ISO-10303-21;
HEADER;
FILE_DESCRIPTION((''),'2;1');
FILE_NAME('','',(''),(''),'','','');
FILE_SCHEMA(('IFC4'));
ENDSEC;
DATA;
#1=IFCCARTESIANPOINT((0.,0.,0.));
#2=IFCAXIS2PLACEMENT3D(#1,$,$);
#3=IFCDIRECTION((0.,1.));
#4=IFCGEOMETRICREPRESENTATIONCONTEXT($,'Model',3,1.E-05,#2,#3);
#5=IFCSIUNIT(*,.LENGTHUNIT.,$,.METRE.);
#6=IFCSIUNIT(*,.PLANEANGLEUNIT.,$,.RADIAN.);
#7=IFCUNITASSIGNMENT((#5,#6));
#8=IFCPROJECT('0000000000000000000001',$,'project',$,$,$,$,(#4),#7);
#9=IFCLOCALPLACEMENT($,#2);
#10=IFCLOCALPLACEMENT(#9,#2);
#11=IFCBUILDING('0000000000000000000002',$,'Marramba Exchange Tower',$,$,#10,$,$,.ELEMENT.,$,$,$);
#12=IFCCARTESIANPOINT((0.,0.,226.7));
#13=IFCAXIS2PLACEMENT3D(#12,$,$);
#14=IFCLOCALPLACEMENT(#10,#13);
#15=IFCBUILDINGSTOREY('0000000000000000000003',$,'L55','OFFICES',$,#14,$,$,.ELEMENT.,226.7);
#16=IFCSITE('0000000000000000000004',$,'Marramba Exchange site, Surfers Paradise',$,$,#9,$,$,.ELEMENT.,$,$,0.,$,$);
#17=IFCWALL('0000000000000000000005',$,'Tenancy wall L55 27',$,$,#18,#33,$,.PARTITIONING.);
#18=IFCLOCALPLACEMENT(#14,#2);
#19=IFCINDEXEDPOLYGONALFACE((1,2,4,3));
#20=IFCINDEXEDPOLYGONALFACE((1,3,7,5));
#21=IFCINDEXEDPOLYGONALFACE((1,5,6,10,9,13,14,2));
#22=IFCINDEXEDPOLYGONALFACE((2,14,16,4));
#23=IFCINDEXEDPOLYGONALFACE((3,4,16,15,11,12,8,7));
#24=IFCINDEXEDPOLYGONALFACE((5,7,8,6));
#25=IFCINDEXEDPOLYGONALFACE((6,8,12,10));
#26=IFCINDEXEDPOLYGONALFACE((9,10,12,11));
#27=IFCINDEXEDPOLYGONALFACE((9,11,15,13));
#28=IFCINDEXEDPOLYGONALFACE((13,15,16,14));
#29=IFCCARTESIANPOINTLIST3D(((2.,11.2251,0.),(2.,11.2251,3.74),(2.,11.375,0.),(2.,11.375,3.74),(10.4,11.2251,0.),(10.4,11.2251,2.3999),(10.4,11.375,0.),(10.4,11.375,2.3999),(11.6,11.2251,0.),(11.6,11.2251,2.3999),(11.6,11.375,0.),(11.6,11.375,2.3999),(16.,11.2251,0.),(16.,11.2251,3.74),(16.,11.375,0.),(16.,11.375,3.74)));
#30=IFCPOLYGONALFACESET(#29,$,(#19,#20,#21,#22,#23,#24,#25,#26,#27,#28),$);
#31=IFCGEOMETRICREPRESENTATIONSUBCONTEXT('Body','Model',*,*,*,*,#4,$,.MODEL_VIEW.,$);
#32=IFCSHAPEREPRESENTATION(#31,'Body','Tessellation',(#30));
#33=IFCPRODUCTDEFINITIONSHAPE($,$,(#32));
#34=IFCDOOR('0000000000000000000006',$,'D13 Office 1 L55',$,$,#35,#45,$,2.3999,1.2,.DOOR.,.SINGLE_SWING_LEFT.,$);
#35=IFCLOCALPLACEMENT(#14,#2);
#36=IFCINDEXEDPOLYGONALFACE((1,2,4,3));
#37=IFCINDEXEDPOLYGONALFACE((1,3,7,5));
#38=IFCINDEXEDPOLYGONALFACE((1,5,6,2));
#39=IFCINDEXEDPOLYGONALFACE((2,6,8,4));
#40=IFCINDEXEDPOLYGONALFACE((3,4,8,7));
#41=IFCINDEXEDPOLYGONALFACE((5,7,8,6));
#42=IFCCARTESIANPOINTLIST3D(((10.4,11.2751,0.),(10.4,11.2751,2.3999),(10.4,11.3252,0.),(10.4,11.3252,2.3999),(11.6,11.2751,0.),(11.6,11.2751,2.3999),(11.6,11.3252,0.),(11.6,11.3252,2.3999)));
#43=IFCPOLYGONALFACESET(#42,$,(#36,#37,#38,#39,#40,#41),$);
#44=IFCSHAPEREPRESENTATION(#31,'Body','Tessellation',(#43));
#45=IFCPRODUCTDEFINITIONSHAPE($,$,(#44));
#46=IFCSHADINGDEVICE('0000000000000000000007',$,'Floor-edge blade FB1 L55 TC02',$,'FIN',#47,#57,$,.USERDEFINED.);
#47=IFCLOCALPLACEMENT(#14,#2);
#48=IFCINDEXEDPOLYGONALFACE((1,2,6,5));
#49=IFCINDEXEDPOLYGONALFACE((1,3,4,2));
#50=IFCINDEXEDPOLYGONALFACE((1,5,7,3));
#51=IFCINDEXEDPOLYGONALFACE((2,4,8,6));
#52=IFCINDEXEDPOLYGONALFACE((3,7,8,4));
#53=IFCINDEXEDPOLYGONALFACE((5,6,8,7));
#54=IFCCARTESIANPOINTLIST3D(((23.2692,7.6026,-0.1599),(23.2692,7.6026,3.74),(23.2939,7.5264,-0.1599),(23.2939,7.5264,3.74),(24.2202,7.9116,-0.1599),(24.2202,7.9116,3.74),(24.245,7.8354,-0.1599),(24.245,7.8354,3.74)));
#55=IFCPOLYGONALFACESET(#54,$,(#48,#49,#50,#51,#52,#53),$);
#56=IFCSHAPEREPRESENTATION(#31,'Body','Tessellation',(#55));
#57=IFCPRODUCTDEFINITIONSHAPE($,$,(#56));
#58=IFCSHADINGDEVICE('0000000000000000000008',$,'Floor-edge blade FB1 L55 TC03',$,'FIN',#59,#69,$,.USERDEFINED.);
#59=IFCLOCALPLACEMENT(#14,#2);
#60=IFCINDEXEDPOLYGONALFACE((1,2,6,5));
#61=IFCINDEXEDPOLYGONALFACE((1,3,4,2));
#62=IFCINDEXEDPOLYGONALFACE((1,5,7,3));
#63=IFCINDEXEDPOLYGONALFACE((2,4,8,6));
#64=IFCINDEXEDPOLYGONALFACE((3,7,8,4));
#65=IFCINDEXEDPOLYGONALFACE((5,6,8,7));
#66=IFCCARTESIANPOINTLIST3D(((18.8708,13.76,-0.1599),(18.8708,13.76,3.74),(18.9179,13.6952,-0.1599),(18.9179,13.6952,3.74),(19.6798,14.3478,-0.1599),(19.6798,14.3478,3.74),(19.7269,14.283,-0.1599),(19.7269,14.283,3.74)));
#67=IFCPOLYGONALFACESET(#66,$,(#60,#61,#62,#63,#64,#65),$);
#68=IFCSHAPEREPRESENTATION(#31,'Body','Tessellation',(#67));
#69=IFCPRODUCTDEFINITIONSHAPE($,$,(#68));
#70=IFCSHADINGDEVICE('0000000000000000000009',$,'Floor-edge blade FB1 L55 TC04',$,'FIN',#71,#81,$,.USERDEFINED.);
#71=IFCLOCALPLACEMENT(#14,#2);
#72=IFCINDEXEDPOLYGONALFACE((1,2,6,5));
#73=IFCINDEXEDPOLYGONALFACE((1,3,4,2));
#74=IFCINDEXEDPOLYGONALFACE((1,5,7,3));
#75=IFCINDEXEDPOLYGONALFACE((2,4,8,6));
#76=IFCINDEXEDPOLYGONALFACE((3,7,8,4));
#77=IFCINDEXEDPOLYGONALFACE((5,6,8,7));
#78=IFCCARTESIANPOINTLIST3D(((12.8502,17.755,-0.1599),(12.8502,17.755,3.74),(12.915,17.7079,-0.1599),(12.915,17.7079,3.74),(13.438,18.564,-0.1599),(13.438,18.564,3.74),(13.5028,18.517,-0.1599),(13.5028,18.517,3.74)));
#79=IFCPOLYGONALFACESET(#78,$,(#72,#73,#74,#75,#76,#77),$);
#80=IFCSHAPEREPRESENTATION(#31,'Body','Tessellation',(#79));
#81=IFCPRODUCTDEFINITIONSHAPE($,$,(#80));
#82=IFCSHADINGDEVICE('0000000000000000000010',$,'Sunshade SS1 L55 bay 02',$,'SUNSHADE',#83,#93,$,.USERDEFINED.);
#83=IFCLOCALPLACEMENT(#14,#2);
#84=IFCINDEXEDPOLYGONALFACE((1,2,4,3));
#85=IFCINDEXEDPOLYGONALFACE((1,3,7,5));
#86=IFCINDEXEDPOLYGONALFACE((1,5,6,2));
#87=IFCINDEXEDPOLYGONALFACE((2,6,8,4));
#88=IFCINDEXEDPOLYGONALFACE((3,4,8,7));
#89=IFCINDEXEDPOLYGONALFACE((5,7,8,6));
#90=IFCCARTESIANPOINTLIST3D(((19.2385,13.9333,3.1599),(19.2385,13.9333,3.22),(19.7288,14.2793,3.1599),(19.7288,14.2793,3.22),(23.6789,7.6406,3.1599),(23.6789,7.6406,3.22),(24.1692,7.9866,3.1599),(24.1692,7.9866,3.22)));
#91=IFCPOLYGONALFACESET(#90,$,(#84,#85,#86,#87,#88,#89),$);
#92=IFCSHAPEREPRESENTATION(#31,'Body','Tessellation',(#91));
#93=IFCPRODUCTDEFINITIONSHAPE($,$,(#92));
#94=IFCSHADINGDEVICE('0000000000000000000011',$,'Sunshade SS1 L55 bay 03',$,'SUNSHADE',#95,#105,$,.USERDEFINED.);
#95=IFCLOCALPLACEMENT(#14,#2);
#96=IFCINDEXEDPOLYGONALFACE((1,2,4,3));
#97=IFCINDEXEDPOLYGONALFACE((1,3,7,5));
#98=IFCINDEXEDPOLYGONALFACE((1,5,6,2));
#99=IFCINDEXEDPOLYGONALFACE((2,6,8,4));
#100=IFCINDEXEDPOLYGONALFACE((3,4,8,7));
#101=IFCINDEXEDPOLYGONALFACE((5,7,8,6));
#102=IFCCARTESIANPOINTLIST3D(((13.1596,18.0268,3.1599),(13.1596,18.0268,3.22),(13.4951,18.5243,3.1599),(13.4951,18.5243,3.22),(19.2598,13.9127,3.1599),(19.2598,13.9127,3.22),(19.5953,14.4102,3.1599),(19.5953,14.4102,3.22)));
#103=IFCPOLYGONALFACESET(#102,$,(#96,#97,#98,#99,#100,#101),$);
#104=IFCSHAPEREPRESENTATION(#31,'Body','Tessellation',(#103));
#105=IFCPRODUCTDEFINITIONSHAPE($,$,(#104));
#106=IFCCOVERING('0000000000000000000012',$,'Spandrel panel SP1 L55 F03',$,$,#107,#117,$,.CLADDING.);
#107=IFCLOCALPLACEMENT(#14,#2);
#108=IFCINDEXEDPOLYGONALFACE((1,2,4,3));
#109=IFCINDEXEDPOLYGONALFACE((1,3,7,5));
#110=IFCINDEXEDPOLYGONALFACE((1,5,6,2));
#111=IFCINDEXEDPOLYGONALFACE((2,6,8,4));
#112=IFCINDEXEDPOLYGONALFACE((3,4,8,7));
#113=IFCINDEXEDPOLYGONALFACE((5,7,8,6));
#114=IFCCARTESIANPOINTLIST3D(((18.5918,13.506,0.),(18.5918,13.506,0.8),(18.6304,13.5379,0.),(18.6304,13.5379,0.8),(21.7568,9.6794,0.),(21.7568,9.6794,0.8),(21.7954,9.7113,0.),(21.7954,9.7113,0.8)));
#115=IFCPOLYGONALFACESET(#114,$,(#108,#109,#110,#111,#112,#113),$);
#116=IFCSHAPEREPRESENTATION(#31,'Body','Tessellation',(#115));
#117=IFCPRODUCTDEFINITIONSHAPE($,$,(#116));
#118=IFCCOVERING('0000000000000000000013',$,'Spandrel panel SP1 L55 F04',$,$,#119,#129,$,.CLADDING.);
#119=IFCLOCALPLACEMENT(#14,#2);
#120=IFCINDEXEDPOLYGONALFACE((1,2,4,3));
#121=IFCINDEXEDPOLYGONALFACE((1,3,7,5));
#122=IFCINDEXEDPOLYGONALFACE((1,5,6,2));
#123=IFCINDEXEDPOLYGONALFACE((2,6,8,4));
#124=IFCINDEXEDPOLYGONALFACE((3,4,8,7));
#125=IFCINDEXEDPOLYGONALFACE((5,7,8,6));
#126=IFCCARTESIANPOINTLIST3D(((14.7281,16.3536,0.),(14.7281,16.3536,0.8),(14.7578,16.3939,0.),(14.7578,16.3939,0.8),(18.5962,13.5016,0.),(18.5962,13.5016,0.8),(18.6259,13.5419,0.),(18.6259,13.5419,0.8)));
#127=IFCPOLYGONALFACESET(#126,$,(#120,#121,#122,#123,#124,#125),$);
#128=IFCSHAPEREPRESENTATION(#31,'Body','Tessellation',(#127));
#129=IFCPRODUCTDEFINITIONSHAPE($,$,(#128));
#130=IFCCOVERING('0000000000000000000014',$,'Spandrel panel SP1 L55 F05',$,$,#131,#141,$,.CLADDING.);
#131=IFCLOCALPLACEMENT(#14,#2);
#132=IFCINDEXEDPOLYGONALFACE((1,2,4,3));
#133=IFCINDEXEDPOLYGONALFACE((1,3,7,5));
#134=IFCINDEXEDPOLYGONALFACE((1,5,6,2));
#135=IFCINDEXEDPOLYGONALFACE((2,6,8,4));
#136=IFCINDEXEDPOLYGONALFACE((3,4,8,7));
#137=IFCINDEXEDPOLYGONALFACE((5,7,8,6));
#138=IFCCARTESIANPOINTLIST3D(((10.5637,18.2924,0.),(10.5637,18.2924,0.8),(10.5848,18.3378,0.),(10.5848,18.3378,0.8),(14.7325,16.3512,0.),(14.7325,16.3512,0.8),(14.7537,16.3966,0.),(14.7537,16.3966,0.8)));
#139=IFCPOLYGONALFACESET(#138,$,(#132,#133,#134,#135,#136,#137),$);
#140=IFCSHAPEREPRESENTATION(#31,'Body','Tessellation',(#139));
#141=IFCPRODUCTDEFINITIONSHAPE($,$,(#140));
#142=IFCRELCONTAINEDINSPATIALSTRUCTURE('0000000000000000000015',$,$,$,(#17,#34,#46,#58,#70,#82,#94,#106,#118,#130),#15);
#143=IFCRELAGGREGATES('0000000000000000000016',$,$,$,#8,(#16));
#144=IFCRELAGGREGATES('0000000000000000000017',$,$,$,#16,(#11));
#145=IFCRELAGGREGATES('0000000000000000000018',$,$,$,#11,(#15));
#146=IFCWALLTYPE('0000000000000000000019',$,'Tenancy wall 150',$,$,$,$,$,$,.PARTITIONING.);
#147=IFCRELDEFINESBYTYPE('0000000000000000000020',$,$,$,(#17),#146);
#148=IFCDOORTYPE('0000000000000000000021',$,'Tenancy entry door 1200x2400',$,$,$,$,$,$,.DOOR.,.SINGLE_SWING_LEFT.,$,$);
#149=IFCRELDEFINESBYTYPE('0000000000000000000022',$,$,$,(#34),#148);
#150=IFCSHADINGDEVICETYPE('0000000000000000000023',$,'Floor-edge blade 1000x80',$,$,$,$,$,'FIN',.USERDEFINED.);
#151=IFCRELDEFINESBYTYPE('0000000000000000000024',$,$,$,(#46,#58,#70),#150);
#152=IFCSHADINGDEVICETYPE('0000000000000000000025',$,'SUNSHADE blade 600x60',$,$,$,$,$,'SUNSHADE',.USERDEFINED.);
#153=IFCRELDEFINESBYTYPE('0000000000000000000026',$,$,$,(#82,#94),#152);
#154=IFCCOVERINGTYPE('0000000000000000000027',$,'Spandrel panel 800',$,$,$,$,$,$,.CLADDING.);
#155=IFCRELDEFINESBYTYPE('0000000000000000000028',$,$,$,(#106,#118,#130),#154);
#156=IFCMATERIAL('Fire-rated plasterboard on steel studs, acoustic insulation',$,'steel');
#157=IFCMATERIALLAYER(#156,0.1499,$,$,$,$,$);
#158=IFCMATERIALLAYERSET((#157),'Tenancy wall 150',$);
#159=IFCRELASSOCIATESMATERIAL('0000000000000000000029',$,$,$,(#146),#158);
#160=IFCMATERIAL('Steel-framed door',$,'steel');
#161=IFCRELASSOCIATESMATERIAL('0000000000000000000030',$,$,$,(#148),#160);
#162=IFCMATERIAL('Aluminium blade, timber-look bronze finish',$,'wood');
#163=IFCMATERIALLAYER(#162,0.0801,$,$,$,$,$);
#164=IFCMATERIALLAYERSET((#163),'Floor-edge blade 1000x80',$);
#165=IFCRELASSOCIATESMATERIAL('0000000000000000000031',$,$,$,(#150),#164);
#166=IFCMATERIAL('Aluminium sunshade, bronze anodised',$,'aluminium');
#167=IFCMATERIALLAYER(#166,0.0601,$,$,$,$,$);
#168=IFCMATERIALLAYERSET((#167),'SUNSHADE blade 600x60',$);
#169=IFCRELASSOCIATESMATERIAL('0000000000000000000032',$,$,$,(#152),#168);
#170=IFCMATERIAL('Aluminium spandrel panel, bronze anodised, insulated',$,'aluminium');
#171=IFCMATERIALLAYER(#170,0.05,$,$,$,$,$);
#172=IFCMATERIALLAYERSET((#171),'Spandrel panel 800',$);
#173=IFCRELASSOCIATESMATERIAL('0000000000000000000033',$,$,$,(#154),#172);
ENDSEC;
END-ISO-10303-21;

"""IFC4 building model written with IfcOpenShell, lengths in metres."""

from ifc_helpers import new_model, si_unit, direction, frame, frame_2d, origin, origin_2d, place, context, subcontext, project, spatial, rectangle, extrude, material, layer, layer_set, type_object, element, fill, save


model = new_model("IFC4")

# Units and contexts
model_context = context("Model", 3, precision=1e-05, world=origin(), true_north=direction((0.0, 1.0)))
body_context = subcontext(model_context, "Body", "Model", "MODEL_VIEW")
ifc_project = project(units=[si_unit("LENGTHUNIT", "METRE"), si_unit("PLANEANGLEUNIT", "RADIAN")], contexts=[model_context])

# Site, building, storey
site_placement = place(None, origin())
site = spatial("IfcSite", under=ifc_project, at=site_placement, Name="Marramba Exchange site, Surfers Paradise", CompositionType="ELEMENT", RefElevation=0.0)
building_placement = place(site_placement, origin())
building = spatial("IfcBuilding", under=site, at=building_placement, Name="Marramba Exchange Tower", CompositionType="ELEMENT")
storey_placement = place(building_placement, frame((0.0, 0.0, 226.7)))
storey = spatial("IfcBuildingStorey", under=building, at=storey_placement, Name="L55", Description="OFFICES", CompositionType="ELEMENT", Elevation=226.7)

# Shared definitions
ifc_material_1 = material(Name="Steel-framed door", Category="steel")

# Wall, opening, door
ifc_material_2 = material(Name="Fire-rated plasterboard on steel studs, acoustic insulation", Category="steel")
ifc_layer_1 = layer(ifc_material_2, 0.1499)
ifc_layer_set_1 = layer_set([ifc_layer_1], Name="Tenancy wall 150")
wall_type_1 = type_object("IfcWallType", Name="Tenancy wall 150", PredefinedType="PARTITIONING", material=ifc_layer_set_1)
wall_1_placement = place(storey_placement, frame((16.0, 11.3, 0.0), z_axis=(0.0, 0.0, 1.0), x_axis=(-1.0, 0.0, 0.0)))
wall_1 = element("IfcWall", 1, at=wall_1_placement, inside=storey, type_object=wall_type_1, Name="Tenancy wall L55 27", PredefinedType="PARTITIONING", context=body_context, shape_type="SweptSolid", body=[
    extrude(rectangle(XDim=14.0, YDim=0.1499, at=frame_2d((7.0, 0.0))), origin(), (0.0, 0.0, 1.0), 3.74),
])
opening_1_placement = place(wall_1_placement, frame((4.3999, 0.0, 0.0)))
opening_1 = element("IfcOpeningElement", 2, at=opening_1_placement, cuts=wall_1, PredefinedType="OPENING", context=body_context, shape_type="SweptSolid", body=[
    extrude(rectangle(XDim=1.2, YDim=2.3999, at=frame_2d((0.6001, 1.2))), frame((0.0, 0.085, 0.0), z_axis=(0.0, -1.0, 0.0), x_axis=(1.0, 0.0, 0.0)), (0.0, 0.0, 1.0), 0.1699),
])
door_type_1 = type_object("IfcDoorType", Name="Tenancy entry door 1200x2400", OperationType="SINGLE_SWING_LEFT", PredefinedType="DOOR", material=ifc_material_1)
door_1_placement = place(opening_1_placement, origin())
door_1 = element("IfcDoor", 3, at=door_1_placement, inside=storey, type_object=door_type_1, Name="D13 Office 1 L55", OperationType="SINGLE_SWING_LEFT", OverallHeight=2.3999, OverallWidth=1.2, PredefinedType="DOOR", context=body_context, shape_type="SweptSolid", body=[
    extrude(rectangle(XDim=1.2, YDim=2.3999, at=frame_2d((0.6001, 1.2))), frame((0.0, 0.0249, 0.0), z_axis=(0.0, -1.0, 0.0), x_axis=(1.0, 0.0, 0.0)), (0.0, 0.0, 1.0), 0.05),
])
fill(opening_1, door_1)

# Shading devices
ifc_material_3 = material(Name="Aluminium blade, timber-look bronze finish", Category="wood")
ifc_layer_2 = layer(ifc_material_3, 0.0801)
ifc_layer_set_2 = layer_set([ifc_layer_2], Name="Floor-edge blade 1000x80")
shading_device_type_1 = type_object("IfcShadingDeviceType", Name="Floor-edge blade 1000x80", ElementType="FIN", PredefinedType="USERDEFINED", material=ifc_layer_set_2)
for number, where, z_axis, x_axis, name in (
    (4, (23.7571, 7.719, -0.1599), (0.0, 0.0, 1.0), (0.951057, 0.309017, 0.0), "Floor-edge blade FB1 L55 TC02"),
    (5, (19.2988, 14.0215, -0.1599), (0.0, 0.0, 1.0), (0.809017, 0.587785, 0.0), "Floor-edge blade FB1 L55 TC03"),
    (6, (13.1765, 18.136, -0.1599), (0.0, 0.0, 1.0), (0.587785, 0.809017, 0.0), "Floor-edge blade FB1 L55 TC04"),
):
    element("IfcShadingDevice", number, at=place(storey_placement, frame(where, z_axis=z_axis, x_axis=x_axis)), inside=storey, type_object=shading_device_type_1, Name=name, ObjectType="FIN", PredefinedType="USERDEFINED", context=body_context, shape_type="SweptSolid", body=[
        extrude(rectangle(XDim=1.0, YDim=0.0801, at=origin_2d()), origin(), (0.0, 0.0, 1.0), 3.8999),
    ])
ifc_material_4 = material(Name="Aluminium sunshade, bronze anodised", Category="aluminium")
ifc_layer_3 = layer(ifc_material_4, 0.0601)
ifc_layer_set_3 = layer_set([ifc_layer_3], Name="SUNSHADE blade 600x60")
shading_device_type_2 = type_object("IfcShadingDeviceType", Name="SUNSHADE blade 600x60", ElementType="SUNSHADE", PredefinedType="USERDEFINED", material=ifc_layer_set_3)
shading_device_1_placement = place(storey_placement, frame((21.7039, 10.96, 3.1599), z_axis=(0.0, 0.0, 1.0), x_axis=(-0.576555, 0.817058, 0.0)))
element("IfcShadingDevice", 7, at=shading_device_1_placement, inside=storey, type_object=shading_device_type_2, Name="Sunshade SS1 L55 bay 02", ObjectType="SUNSHADE", PredefinedType="USERDEFINED", context=body_context, shape_type="SweptSolid", body=[
    extrude(rectangle(XDim=7.7017, YDim=0.6001, at=origin_2d()), origin(), (0.0, 0.0, 1.0), 0.0601),
])
shading_device_2_placement = place(storey_placement, frame((16.3774, 16.2185, 3.1599), z_axis=(0.0, 0.0, 1.0), x_axis=(-0.829071, 0.559143, 0.0)))
element("IfcShadingDevice", 8, at=shading_device_2_placement, inside=storey, type_object=shading_device_type_2, Name="Sunshade SS1 L55 bay 03", ObjectType="SUNSHADE", PredefinedType="USERDEFINED", context=body_context, shape_type="SweptSolid", body=[
    extrude(rectangle(XDim=7.3579, YDim=0.6001, at=origin_2d()), origin(), (0.0, 0.0, 1.0), 0.0601),
])

# Coverings
ifc_material_5 = material(Name="Aluminium spandrel panel, bronze anodised, insulated", Category="aluminium")
ifc_layer_4 = layer(ifc_material_5, 0.05)
ifc_layer_set_4 = layer_set([ifc_layer_4], Name="Spandrel panel 800")
covering_type = type_object("IfcCoveringType", Name="Spandrel panel 800", PredefinedType="CLADDING", material=ifc_layer_set_4)
covering_1_placement = place(storey_placement, frame((20.1936, 11.6086, 0.0), z_axis=(0.0, 0.0, 1.0), x_axis=(-0.63735, 0.770574, 0.0)))
element("IfcCovering", 9, at=covering_1_placement, inside=storey, type_object=covering_type, Name="Spandrel panel SP1 L55 F03", PredefinedType="CLADDING", context=body_context, shape_type="SweptSolid", body=[
    extrude(rectangle(XDim=4.9658, YDim=0.05, at=origin_2d()), origin(), (0.0, 0.0, 1.0), 0.8),
])
covering_2_placement = place(storey_placement, frame((16.677, 14.9478, 0.0), z_axis=(0.0, 0.0, 1.0), x_axis=(-0.804877, 0.593441, 0.0)))
element("IfcCovering", 10, at=covering_2_placement, inside=storey, type_object=covering_type, Name="Spandrel panel SP1 L55 F04", PredefinedType="CLADDING", context=body_context, shape_type="SweptSolid", body=[
    extrude(rectangle(XDim=4.8059, YDim=0.05, at=origin_2d()), origin(), (0.0, 0.0, 1.0), 0.8),
])
covering_3_placement = place(storey_placement, frame((12.6587, 17.3445, 0.0), z_axis=(0.0, 0.0, 1.0), x_axis=(-0.906534, 0.422133, 0.0)))
element("IfcCovering", 11, at=covering_3_placement, inside=storey, type_object=covering_type, Name="Spandrel panel SP1 L55 F05", PredefinedType="CLADDING", context=body_context, shape_type="SweptSolid", body=[
    extrude(rectangle(XDim=4.5986, YDim=0.05, at=origin_2d()), origin(), (0.0, 0.0, 1.0), 0.8),
])

save(model, "model.ifc")
